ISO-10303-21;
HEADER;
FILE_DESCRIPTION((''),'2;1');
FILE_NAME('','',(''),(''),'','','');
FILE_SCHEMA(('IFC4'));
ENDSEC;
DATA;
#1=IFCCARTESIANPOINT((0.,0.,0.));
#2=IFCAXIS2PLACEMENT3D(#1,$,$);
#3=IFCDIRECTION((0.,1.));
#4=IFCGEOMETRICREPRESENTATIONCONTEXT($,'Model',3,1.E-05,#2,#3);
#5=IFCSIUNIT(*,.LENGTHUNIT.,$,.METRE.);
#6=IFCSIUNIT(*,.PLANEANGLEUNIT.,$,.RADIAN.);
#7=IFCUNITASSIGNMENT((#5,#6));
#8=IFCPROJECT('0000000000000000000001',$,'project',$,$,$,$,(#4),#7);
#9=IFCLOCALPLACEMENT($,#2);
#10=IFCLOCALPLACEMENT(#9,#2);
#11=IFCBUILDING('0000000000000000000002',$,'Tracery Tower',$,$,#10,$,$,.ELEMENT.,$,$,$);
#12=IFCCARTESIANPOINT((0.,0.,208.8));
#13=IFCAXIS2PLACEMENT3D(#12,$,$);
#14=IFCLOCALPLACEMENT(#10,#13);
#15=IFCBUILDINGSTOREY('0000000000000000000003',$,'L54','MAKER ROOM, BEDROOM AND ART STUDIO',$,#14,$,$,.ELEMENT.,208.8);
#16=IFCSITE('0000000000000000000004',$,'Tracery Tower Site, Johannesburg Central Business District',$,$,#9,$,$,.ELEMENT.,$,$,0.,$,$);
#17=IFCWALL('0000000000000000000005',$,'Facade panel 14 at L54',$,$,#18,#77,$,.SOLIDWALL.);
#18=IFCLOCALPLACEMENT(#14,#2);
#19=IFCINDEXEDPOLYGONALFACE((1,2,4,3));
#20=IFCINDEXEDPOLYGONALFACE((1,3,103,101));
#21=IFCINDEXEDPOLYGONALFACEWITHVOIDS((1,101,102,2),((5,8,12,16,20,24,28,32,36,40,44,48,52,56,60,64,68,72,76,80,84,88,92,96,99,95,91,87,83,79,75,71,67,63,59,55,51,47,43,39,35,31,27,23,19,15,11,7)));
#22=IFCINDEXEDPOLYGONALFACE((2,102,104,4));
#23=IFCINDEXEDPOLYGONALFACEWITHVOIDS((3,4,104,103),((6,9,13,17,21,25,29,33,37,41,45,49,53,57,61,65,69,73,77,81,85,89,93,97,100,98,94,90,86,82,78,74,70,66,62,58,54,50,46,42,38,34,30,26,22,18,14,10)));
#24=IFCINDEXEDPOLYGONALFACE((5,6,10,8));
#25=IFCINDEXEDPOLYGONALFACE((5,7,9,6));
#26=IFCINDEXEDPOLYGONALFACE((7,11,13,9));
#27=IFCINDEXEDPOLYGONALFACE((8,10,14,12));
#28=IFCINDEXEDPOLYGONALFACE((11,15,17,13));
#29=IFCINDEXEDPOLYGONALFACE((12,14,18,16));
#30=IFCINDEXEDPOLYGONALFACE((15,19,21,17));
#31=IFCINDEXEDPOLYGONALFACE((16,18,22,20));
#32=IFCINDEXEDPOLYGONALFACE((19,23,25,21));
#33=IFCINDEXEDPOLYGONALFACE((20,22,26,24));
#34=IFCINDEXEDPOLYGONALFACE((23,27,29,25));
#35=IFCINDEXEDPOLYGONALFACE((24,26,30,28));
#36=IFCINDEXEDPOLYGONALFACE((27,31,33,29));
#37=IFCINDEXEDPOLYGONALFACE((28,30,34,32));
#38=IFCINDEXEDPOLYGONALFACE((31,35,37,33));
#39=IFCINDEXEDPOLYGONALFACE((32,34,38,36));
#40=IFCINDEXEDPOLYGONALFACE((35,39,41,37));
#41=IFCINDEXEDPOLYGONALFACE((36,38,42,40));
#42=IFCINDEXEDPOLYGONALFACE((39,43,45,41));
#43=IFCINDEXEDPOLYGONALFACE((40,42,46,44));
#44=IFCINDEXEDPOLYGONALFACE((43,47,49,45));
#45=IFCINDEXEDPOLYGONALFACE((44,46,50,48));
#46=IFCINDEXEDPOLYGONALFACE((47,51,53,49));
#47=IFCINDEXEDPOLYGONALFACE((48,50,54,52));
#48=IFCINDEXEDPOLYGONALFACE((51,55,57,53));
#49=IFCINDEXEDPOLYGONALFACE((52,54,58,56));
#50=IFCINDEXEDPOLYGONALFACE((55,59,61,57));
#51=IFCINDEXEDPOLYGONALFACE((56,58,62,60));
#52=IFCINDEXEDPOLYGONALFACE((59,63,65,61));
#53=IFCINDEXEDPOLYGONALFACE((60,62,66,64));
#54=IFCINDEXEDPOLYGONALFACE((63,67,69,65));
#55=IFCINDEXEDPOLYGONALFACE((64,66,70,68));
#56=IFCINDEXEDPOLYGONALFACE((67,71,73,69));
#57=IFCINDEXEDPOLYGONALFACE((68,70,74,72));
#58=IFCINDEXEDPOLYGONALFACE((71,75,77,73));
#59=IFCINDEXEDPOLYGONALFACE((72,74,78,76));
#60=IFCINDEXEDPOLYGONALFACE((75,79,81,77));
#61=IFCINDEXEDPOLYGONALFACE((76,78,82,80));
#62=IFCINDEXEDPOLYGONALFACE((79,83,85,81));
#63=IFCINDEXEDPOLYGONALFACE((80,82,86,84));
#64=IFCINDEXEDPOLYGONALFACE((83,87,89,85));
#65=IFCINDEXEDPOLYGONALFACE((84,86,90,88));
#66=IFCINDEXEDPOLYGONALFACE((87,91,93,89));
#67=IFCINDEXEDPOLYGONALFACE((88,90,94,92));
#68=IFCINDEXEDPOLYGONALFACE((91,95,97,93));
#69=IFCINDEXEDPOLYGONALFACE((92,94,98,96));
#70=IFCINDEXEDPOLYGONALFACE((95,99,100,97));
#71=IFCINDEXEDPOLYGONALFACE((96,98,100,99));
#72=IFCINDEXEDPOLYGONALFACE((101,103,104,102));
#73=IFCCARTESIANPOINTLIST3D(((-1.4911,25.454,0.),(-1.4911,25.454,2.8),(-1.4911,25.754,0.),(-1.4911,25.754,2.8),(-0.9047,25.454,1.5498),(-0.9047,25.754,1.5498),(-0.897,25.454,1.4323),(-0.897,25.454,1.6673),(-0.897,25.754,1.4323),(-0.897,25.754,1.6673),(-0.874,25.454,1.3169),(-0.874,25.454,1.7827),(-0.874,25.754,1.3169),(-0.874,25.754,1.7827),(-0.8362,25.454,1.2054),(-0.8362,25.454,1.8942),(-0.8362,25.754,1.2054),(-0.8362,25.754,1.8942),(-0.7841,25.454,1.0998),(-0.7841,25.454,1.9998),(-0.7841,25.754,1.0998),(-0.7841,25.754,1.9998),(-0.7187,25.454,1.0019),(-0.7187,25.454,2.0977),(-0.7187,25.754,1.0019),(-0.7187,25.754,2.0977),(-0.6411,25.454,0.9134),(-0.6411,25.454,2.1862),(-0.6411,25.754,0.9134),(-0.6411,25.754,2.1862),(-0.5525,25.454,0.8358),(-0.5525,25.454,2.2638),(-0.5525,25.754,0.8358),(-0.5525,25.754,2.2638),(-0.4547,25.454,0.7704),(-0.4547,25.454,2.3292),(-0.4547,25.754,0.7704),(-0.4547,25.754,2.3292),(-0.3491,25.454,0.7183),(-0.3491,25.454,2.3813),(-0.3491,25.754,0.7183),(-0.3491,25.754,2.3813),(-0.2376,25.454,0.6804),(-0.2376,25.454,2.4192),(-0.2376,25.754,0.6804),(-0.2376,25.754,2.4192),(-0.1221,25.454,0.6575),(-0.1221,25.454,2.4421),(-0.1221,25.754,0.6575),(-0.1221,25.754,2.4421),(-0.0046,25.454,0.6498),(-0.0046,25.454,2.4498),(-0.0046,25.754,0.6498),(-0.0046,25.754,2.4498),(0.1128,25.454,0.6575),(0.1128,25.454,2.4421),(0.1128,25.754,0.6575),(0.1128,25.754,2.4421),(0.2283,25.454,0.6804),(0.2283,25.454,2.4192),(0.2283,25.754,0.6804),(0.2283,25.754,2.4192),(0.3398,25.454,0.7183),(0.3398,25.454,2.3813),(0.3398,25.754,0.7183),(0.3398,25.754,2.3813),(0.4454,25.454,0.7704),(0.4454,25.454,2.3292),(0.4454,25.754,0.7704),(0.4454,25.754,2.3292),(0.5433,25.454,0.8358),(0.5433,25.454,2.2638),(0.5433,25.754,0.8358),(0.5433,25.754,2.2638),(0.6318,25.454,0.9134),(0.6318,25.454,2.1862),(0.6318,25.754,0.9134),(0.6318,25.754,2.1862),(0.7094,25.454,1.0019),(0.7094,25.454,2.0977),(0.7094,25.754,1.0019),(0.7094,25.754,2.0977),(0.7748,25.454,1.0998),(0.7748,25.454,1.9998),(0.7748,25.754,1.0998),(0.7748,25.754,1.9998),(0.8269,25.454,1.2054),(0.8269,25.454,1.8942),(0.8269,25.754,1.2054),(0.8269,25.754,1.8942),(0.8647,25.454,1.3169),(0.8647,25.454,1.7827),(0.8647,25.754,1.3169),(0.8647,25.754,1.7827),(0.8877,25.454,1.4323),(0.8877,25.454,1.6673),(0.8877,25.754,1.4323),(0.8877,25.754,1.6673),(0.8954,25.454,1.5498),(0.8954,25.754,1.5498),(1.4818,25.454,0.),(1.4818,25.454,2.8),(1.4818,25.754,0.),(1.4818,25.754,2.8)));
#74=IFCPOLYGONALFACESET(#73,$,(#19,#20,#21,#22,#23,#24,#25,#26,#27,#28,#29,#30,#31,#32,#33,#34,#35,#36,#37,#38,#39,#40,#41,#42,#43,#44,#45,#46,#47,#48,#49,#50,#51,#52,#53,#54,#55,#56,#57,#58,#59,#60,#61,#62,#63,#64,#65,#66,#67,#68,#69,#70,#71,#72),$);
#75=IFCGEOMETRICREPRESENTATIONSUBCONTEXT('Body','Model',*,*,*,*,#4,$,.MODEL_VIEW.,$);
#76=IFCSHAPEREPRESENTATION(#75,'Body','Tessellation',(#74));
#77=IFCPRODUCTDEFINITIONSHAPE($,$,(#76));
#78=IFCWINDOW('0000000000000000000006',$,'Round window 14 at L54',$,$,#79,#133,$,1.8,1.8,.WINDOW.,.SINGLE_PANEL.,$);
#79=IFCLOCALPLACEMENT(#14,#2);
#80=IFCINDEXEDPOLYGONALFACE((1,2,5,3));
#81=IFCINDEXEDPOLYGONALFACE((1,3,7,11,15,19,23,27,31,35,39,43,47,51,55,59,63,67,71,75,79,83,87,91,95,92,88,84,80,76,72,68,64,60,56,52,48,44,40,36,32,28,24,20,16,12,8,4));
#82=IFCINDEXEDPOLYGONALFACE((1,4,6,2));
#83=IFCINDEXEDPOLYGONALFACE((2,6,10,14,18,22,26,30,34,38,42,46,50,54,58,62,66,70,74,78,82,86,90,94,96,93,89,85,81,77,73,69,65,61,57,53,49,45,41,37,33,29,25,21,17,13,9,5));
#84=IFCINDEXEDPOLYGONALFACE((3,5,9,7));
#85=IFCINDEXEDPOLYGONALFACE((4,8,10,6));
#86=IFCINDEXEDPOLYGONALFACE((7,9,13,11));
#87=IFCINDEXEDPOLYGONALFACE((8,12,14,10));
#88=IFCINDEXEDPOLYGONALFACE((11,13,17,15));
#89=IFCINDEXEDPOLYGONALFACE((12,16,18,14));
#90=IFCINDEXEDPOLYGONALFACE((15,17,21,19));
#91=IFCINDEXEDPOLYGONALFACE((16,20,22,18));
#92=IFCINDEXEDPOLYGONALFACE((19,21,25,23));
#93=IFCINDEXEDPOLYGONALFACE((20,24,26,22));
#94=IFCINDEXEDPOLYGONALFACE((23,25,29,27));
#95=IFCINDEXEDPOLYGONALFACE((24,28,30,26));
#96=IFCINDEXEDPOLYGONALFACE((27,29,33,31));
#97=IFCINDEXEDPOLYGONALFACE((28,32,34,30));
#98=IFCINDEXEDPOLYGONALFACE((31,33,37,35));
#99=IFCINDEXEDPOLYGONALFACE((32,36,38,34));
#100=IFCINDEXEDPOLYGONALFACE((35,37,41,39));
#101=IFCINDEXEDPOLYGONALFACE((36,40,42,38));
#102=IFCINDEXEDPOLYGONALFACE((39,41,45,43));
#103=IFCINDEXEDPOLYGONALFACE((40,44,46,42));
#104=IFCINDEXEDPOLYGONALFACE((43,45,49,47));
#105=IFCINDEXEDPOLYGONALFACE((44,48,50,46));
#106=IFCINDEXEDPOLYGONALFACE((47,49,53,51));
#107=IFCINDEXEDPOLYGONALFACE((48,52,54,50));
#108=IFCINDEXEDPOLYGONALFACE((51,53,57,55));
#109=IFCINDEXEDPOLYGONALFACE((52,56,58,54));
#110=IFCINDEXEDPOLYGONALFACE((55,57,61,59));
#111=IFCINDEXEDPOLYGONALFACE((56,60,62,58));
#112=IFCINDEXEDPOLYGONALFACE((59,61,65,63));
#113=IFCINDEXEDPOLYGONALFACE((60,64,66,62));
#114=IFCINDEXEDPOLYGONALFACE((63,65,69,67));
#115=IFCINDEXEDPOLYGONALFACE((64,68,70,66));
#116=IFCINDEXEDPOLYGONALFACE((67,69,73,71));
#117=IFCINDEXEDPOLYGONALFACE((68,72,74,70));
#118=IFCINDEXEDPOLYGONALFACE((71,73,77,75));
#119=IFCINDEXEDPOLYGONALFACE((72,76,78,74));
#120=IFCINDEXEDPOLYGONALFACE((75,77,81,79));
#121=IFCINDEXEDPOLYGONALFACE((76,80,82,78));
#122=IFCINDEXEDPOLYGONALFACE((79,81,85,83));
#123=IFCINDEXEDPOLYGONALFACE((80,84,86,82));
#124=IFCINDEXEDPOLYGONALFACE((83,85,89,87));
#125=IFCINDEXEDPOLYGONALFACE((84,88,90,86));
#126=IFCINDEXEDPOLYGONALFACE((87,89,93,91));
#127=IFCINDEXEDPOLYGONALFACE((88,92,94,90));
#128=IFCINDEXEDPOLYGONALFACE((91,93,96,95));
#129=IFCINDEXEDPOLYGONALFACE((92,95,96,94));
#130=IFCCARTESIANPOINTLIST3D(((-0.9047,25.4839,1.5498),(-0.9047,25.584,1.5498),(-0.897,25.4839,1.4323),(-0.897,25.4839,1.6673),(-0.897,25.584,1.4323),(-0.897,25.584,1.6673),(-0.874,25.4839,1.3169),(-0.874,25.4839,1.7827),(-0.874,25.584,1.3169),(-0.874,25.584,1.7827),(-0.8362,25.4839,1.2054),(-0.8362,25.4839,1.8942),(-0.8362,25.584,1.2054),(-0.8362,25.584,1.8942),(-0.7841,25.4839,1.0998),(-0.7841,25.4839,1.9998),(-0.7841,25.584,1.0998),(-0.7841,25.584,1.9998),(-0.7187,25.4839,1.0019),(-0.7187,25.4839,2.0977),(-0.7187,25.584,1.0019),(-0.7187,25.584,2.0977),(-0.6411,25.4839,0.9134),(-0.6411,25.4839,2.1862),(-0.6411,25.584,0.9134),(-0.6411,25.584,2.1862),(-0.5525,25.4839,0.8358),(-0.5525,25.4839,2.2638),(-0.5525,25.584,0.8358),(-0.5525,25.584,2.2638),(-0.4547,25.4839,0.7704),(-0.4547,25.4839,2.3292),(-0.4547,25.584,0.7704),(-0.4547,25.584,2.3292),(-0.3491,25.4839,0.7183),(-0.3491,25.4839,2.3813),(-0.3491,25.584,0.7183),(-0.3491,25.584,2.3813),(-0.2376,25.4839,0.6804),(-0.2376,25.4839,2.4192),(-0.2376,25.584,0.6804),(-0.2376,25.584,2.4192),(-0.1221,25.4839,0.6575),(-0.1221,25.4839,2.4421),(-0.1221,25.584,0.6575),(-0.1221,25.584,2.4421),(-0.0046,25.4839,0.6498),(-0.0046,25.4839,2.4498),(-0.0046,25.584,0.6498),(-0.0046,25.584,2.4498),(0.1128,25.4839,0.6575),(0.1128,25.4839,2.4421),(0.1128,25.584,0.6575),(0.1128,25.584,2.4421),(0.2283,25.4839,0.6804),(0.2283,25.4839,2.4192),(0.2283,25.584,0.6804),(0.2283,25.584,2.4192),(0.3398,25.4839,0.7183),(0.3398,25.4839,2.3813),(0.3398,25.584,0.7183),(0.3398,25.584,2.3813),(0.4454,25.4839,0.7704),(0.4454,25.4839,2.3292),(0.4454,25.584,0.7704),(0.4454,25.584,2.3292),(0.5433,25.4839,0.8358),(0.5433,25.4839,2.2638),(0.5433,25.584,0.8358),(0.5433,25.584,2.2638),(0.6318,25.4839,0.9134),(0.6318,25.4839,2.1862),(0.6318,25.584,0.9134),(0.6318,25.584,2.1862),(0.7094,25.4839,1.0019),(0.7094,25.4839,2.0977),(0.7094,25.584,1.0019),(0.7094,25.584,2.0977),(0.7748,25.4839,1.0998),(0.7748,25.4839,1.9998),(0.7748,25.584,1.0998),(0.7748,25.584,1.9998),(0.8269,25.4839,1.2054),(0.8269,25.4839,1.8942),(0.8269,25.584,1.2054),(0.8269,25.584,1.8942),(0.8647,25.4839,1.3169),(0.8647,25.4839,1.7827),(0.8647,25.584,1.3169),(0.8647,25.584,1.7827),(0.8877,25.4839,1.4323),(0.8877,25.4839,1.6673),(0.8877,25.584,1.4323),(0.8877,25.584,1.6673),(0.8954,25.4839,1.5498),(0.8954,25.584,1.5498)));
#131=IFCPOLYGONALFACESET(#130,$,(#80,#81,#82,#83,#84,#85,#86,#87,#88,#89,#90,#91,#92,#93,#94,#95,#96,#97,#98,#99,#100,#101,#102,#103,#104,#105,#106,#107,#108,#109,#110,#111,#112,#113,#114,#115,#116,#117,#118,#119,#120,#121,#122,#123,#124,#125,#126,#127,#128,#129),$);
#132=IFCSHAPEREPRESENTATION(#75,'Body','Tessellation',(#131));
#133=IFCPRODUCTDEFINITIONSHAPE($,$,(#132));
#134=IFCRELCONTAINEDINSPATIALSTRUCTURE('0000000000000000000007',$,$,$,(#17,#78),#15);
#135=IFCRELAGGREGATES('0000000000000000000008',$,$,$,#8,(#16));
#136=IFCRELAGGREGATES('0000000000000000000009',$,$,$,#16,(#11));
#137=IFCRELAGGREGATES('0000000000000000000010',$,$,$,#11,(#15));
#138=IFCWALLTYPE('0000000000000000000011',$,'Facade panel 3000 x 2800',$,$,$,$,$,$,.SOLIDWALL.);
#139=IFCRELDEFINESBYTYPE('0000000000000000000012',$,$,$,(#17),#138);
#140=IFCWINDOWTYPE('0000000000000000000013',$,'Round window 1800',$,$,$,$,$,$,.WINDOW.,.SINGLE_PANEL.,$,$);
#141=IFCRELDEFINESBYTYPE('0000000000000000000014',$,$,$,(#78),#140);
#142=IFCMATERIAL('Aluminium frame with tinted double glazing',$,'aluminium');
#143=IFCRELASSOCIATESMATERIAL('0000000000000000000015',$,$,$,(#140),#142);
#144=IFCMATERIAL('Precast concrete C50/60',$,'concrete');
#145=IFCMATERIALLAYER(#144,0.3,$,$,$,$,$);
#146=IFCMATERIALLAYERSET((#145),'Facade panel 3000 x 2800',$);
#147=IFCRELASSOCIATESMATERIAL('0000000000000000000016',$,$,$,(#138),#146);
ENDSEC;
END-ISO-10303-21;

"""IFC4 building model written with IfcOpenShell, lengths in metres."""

from ifc_helpers import new_model, si_unit, direction, frame, frame_2d, origin, origin_2d, place, context, subcontext, project, spatial, rectangle, circle, extrude, material, layer, layer_set, type_object, element, fill, save


model = new_model("IFC4")

# Units and contexts
model_context = context("Model", 3, precision=1e-05, world=origin(), true_north=direction((0.0, 1.0)))
body_context = subcontext(model_context, "Body", "Model", "MODEL_VIEW")
ifc_project = project(units=[si_unit("LENGTHUNIT", "METRE"), si_unit("PLANEANGLEUNIT", "RADIAN")], contexts=[model_context])

# Site, building, storey
site_placement = place(None, origin())
site = spatial("IfcSite", under=ifc_project, at=site_placement, Name="Tracery Tower Site, Johannesburg Central Business District", CompositionType="ELEMENT", RefElevation=0.0)
building_placement = place(site_placement, origin())
building = spatial("IfcBuilding", under=site, at=building_placement, Name="Tracery Tower", CompositionType="ELEMENT")
storey_placement = place(building_placement, frame((0.0, 0.0, 208.8)))
storey = spatial("IfcBuildingStorey", under=building, at=storey_placement, Name="L54", Description="MAKER ROOM, BEDROOM AND ART STUDIO", CompositionType="ELEMENT", Elevation=208.8)

# Wall, opening, window
ifc_material_1 = material(Name="Aluminium frame with tinted double glazing", Category="aluminium")
window_type = type_object("IfcWindowType", Name="Round window 1800", PartitioningType="SINGLE_PANEL", PredefinedType="WINDOW", material=ifc_material_1)
ifc_material_2 = material(Name="Precast concrete C50/60", Category="concrete")
ifc_layer_1 = layer(ifc_material_2, 0.3)
ifc_layer_set_1 = layer_set([ifc_layer_1], Name="Facade panel 3000 x 2800")
wall_type_1 = type_object("IfcWallType", Name="Facade panel 3000 x 2800", PredefinedType="SOLIDWALL", material=ifc_layer_set_1)
wall_1_placement = place(storey_placement, frame((1.4817, 25.604, 0.0), z_axis=(0.0, 0.0, 1.0), x_axis=(-1.0, 0.0, 0.0)))
wall_1 = element("IfcWall", 1, at=wall_1_placement, inside=storey, type_object=wall_type_1, Name="Facade panel 14 at L54", PredefinedType="SOLIDWALL", context=body_context, shape_type="SweptSolid", body=[
    extrude(rectangle(XDim=2.9729, YDim=0.3, at=frame_2d((1.4863, 0.0))), origin(), (0.0, 0.0, 1.0), 2.8),
])
opening_1_placement = place(wall_1_placement, frame((1.4863, 0.0, 1.5498)))
opening_1 = element("IfcOpeningElement", 2, at=opening_1_placement, cuts=wall_1, PredefinedType="OPENING", context=body_context, shape_type="SweptSolid", body=[
    extrude(circle(Radius=0.9, at=origin_2d()), frame((0.0, 0.1599, 0.0), z_axis=(0.0, -1.0, 0.0), x_axis=(1.0, 0.0, 0.0)), (0.0, 0.0, 1.0), 0.3201),
])
window_1_placement = place(opening_1_placement, origin())
window_1 = element("IfcWindow", 3, at=window_1_placement, inside=storey, type_object=window_type, Name="Round window 14 at L54", OverallHeight=1.8, OverallWidth=1.8, PartitioningType="SINGLE_PANEL", PredefinedType="WINDOW", context=body_context, shape_type="SweptSolid", body=[
    extrude(circle(Radius=0.9, at=origin_2d()), frame((0.0, 0.1201, 0.0), z_axis=(0.0, -1.0, 0.0), x_axis=(1.0, 0.0, 0.0)), (0.0, 0.0, 1.0), 0.1001),
])
fill(opening_1, window_1)

save(model, "model.ifc")
